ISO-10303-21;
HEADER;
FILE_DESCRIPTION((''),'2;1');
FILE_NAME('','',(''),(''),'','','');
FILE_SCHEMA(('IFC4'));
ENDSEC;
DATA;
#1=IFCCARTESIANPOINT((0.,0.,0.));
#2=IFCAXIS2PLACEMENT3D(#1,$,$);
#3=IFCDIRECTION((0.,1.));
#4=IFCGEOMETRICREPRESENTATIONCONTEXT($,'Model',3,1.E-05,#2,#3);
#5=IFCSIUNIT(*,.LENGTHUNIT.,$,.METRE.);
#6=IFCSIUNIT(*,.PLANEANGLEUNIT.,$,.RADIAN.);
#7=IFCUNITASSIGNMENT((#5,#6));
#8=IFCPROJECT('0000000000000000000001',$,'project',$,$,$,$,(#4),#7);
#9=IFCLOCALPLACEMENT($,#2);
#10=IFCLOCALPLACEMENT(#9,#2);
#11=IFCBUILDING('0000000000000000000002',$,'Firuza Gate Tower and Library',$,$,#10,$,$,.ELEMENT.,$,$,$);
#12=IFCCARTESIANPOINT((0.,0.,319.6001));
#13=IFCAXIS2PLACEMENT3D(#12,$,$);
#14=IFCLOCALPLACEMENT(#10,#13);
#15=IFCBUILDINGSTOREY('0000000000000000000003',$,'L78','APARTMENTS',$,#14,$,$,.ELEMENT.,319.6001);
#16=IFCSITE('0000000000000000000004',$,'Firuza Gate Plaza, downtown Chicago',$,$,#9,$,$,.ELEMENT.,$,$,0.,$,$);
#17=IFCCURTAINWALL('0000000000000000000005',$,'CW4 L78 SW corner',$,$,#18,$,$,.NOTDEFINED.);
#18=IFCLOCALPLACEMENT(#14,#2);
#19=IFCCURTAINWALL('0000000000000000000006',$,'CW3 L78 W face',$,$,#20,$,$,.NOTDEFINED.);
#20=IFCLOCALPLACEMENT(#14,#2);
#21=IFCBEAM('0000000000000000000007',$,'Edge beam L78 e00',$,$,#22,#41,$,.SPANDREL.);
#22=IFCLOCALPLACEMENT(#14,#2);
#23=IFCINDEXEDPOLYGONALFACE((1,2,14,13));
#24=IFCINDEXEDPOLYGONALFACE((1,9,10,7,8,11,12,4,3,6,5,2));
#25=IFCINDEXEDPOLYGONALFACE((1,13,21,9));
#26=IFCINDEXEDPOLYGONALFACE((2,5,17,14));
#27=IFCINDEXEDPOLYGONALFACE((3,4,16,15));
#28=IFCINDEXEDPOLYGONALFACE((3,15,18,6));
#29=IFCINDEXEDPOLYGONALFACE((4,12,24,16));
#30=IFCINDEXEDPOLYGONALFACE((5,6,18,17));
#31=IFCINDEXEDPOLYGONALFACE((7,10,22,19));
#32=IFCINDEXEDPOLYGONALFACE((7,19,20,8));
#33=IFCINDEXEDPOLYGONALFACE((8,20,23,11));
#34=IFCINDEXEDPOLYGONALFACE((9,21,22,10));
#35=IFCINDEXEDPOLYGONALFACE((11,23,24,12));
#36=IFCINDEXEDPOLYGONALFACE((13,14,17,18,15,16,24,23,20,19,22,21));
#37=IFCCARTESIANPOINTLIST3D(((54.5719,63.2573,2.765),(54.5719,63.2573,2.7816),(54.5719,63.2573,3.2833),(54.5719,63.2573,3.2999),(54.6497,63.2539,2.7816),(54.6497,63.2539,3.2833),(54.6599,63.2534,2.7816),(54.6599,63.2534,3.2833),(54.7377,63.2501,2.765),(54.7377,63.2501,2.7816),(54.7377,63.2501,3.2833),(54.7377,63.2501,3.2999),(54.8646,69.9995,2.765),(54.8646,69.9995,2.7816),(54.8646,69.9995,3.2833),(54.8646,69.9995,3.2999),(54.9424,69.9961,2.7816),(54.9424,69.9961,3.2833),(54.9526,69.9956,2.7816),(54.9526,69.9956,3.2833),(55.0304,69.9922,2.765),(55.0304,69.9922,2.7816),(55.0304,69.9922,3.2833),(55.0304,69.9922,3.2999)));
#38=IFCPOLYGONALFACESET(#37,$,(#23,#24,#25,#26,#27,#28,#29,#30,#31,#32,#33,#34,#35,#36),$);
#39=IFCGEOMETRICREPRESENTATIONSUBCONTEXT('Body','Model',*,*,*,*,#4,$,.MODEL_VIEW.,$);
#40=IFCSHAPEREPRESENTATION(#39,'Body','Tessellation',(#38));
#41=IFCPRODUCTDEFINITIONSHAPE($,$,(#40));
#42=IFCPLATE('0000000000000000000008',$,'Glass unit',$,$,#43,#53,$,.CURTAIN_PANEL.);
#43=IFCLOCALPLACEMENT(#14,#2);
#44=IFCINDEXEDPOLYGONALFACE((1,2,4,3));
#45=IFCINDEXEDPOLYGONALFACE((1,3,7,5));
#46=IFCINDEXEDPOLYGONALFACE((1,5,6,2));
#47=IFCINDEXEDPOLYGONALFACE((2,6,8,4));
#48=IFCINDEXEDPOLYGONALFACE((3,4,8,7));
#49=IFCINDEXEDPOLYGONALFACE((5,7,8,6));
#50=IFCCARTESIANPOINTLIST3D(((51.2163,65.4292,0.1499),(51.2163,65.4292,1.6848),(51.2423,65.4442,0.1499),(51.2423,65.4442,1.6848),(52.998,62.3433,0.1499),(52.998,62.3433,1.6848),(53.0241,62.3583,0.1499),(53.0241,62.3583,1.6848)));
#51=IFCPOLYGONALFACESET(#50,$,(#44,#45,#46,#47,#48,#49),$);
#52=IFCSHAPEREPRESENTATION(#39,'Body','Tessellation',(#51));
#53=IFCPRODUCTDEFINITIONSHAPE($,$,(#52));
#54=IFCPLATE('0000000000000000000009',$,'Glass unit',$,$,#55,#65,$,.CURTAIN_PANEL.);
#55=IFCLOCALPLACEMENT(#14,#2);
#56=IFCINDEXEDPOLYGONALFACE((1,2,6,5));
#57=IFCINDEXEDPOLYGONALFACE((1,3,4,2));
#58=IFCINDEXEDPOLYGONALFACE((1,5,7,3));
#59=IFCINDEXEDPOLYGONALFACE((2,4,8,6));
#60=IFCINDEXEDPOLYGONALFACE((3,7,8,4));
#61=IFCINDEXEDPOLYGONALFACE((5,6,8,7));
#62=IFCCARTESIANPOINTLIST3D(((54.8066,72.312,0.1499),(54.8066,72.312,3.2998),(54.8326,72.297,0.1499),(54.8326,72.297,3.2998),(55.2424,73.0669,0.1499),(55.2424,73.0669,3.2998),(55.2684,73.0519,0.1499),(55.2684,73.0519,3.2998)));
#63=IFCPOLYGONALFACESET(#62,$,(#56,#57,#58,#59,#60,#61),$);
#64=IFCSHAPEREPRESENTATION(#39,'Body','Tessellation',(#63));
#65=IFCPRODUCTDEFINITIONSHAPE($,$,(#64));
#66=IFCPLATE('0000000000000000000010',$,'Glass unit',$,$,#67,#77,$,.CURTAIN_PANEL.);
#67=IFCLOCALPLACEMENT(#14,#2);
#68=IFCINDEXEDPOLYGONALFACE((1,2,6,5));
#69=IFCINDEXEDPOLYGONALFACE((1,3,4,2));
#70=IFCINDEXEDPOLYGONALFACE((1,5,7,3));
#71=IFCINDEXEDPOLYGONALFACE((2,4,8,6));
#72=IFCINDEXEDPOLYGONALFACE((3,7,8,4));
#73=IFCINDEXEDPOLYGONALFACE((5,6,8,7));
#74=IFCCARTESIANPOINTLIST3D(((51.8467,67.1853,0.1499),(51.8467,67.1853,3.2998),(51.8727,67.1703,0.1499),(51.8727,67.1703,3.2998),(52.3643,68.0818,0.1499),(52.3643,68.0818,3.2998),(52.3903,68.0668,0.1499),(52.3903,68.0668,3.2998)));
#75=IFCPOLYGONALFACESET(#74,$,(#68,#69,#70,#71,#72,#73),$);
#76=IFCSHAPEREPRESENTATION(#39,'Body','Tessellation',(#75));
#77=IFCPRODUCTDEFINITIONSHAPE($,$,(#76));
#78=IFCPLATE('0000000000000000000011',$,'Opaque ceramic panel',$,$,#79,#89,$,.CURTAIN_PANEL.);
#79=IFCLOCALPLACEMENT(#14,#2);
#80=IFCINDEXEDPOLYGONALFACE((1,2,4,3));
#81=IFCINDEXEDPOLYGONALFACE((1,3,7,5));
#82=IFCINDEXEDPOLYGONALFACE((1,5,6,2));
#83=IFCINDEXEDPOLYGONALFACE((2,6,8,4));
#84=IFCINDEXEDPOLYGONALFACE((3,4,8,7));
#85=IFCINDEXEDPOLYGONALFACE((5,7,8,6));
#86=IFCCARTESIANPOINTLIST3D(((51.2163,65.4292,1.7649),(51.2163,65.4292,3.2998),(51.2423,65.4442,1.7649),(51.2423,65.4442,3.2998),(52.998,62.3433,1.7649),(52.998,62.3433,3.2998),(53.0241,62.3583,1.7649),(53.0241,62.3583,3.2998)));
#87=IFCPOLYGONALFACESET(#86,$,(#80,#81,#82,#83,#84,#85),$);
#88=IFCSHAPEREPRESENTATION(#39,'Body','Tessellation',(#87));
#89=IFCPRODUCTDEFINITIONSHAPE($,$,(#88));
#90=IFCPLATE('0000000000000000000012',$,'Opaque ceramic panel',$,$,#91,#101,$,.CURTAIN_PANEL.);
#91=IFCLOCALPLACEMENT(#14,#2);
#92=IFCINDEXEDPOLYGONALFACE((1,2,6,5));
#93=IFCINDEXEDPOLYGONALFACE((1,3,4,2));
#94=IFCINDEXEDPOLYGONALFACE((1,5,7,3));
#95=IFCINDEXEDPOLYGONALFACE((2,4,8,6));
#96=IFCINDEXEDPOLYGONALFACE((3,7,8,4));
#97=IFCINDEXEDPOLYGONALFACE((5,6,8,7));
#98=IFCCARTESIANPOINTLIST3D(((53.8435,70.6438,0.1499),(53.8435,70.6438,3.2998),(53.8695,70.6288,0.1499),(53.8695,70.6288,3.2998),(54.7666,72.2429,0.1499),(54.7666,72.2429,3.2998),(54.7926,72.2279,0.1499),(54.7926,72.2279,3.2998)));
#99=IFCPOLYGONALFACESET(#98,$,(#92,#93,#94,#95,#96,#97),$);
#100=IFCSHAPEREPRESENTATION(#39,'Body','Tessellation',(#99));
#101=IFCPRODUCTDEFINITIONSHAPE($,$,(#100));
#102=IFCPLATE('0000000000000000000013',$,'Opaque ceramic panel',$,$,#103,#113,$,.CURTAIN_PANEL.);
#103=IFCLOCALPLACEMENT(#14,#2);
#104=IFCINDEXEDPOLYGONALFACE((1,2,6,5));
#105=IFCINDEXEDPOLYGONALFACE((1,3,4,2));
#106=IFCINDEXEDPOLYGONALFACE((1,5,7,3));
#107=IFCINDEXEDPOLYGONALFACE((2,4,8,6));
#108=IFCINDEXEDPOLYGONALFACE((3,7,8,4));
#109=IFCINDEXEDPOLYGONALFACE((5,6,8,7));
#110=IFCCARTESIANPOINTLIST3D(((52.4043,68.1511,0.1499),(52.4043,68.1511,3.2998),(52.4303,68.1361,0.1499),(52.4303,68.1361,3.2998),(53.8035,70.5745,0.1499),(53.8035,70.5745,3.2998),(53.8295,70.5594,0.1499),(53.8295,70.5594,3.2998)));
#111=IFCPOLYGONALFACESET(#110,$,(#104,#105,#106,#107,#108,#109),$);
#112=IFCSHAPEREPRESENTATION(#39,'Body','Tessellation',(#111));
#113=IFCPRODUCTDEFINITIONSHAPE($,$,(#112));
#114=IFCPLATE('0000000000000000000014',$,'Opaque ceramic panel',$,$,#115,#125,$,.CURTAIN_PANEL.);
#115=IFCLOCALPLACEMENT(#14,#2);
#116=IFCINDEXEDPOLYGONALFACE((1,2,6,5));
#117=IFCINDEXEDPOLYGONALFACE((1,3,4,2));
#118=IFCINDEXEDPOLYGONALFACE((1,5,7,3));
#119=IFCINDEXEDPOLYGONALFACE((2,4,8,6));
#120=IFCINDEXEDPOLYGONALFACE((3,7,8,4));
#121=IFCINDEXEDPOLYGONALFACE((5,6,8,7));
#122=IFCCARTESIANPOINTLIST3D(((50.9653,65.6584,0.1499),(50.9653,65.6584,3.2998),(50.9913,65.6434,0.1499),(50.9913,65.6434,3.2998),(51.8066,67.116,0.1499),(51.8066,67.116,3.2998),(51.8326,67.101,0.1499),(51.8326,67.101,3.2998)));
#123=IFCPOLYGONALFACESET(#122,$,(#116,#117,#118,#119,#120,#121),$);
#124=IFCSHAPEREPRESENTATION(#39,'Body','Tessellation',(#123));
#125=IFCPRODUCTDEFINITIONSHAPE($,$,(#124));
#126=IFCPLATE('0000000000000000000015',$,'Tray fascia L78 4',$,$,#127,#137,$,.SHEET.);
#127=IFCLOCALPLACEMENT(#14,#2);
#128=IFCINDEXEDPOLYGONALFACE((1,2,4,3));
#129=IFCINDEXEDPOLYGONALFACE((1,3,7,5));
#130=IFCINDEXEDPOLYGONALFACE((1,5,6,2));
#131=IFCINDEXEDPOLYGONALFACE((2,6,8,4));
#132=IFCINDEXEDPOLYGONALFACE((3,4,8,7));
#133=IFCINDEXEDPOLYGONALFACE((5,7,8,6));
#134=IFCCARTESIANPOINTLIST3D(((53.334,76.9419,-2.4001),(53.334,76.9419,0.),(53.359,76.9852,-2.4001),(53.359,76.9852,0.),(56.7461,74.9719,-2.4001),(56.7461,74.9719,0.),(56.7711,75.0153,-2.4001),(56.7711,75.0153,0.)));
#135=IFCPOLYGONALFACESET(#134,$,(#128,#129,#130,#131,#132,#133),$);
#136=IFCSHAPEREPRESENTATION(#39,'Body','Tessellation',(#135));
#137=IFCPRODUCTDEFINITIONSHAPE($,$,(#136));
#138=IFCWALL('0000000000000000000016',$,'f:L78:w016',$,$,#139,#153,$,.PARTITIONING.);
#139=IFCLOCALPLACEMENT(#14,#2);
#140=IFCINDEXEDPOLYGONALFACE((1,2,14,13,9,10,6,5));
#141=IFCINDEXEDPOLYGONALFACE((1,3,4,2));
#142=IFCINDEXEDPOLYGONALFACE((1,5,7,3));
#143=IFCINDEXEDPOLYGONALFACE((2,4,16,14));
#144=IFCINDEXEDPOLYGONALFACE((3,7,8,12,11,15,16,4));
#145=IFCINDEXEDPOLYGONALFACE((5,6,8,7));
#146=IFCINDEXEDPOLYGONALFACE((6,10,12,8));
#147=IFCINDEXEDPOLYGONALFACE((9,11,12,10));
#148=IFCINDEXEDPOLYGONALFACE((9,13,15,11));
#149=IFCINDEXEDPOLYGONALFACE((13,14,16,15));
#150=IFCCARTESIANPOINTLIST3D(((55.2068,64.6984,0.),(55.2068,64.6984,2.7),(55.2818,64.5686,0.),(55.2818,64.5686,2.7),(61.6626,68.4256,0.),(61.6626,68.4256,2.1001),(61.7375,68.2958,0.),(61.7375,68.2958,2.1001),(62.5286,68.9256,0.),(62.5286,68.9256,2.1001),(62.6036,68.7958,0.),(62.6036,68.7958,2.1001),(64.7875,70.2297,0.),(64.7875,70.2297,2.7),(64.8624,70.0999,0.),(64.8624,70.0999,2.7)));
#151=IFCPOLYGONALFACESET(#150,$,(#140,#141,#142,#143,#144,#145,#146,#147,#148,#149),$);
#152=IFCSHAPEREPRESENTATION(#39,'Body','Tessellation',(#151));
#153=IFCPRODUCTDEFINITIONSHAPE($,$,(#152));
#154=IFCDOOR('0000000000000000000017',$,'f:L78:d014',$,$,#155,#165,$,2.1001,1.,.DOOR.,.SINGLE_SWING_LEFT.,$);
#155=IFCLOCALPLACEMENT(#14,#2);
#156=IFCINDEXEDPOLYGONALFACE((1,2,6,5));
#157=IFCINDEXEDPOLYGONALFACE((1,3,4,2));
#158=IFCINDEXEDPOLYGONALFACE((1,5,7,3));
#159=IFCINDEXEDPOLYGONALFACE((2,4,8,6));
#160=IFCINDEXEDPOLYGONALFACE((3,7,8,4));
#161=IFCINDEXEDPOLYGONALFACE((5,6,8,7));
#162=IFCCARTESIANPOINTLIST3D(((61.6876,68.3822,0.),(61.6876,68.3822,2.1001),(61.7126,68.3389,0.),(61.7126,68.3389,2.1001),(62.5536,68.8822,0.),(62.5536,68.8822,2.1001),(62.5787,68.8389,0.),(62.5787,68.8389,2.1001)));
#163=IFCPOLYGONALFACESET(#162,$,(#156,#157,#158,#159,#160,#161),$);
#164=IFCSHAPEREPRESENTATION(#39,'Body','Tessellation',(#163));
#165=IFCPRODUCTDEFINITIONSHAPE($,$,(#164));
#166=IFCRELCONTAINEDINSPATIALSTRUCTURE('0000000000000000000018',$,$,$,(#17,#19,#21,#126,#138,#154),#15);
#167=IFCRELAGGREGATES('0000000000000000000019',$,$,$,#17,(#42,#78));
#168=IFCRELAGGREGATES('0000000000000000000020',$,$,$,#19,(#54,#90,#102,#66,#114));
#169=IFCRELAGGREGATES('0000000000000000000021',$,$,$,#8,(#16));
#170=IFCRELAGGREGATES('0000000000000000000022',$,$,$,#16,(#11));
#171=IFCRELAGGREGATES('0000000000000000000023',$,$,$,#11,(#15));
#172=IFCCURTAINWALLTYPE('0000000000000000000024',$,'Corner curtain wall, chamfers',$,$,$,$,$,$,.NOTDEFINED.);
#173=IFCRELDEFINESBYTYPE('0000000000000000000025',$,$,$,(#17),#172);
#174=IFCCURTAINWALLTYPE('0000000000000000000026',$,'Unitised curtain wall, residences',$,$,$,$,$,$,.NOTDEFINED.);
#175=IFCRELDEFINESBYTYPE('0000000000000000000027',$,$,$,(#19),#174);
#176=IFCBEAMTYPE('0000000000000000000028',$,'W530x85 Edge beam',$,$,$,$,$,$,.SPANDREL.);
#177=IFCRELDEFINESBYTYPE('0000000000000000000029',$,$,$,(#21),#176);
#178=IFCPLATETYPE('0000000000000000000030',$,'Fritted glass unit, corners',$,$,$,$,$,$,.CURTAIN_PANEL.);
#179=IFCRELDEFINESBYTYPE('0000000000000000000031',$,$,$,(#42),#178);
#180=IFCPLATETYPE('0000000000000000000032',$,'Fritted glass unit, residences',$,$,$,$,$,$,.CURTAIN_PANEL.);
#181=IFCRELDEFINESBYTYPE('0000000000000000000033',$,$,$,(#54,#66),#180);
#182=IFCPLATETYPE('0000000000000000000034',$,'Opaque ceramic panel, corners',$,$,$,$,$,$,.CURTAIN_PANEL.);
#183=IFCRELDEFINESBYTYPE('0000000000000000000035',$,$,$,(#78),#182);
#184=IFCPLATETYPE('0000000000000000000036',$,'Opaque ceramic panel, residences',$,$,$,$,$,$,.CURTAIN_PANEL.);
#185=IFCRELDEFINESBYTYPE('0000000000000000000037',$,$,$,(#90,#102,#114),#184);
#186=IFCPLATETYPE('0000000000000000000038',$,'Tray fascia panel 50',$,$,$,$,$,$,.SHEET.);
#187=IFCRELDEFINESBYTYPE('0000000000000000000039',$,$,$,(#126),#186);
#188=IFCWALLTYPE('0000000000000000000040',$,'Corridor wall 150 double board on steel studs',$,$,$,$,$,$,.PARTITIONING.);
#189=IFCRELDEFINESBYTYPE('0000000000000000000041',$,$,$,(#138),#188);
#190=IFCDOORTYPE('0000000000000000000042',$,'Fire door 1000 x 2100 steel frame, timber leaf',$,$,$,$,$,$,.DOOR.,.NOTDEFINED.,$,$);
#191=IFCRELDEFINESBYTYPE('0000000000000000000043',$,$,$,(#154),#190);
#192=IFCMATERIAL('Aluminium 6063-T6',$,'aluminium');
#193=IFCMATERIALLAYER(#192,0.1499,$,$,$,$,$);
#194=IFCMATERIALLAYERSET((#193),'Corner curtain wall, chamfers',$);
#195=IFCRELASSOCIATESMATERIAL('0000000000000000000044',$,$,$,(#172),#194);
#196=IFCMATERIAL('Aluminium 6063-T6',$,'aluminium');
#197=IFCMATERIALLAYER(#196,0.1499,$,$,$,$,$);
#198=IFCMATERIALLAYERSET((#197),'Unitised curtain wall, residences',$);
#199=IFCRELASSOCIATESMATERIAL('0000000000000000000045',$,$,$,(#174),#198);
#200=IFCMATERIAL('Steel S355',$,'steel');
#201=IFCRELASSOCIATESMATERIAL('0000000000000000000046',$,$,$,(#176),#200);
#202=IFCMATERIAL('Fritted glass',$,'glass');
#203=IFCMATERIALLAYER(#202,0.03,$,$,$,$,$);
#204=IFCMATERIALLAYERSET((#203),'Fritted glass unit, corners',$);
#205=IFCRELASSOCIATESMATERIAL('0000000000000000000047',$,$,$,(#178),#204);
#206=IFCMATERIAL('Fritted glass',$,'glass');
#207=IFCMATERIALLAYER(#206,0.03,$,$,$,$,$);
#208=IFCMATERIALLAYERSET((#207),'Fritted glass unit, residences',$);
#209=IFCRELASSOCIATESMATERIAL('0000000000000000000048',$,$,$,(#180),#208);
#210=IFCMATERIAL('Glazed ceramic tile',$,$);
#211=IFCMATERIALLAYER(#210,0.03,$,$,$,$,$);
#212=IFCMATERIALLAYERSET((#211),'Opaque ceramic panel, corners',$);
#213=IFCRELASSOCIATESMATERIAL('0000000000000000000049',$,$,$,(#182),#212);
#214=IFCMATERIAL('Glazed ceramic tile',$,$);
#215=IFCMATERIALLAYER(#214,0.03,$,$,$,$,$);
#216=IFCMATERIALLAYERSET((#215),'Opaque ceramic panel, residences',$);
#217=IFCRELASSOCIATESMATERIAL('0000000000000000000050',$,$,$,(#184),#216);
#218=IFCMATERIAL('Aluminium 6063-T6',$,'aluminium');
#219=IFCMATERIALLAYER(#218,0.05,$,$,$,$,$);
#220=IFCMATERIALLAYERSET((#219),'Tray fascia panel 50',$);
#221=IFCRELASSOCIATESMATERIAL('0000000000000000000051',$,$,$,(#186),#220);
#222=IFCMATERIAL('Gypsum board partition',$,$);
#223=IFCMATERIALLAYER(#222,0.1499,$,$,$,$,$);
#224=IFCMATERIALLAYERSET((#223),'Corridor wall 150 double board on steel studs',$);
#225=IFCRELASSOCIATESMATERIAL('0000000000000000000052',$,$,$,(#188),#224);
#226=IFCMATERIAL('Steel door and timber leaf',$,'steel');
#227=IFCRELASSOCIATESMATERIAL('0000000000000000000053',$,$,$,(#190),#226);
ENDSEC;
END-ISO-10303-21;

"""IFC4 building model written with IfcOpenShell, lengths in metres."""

from ifc_helpers import new_model, si_unit, direction, frame, frame_2d, origin, origin_2d, place, context, subcontext, project, spatial, polyline, rectangle, i_section, outline, extrude, material, layer, layer_set, material_profile, profile_set, type_object, element, fill, aggregate, save


model = new_model("IFC4")

# Units and contexts
model_context = context("Model", 3, precision=1e-05, world=origin(), true_north=direction((0.0, 1.0)))
body_context = subcontext(model_context, "Body", "Model", "MODEL_VIEW")
ifc_project = project(units=[si_unit("LENGTHUNIT", "METRE"), si_unit("PLANEANGLEUNIT", "RADIAN")], contexts=[model_context])

# Site, building, storey
site_placement = place(None, origin())
site = spatial("IfcSite", under=ifc_project, at=site_placement, Name="Firuza Gate Plaza, downtown Chicago", CompositionType="ELEMENT", RefElevation=0.0)
building_placement = place(site_placement, origin())
building = spatial("IfcBuilding", under=site, at=building_placement, Name="Firuza Gate Tower and Library", CompositionType="ELEMENT")
storey_placement = place(building_placement, frame((0.0, 0.0, 319.6001)))
storey = spatial("IfcBuildingStorey", under=building, at=storey_placement, Name="L78", Description="APARTMENTS", CompositionType="ELEMENT", Elevation=319.6001)

# Curtain wall
ifc_material_1 = material(Name="Aluminium 6063-T6", Category="aluminium")
ifc_layer_1 = layer(ifc_material_1, 0.1499)
ifc_layer_set_1 = layer_set([ifc_layer_1], Name="Corner curtain wall, chamfers")
curtain_wall_type_1 = type_object("IfcCurtainWallType", Name="Corner curtain wall, chamfers", PredefinedType="NOTDEFINED", material=ifc_layer_set_1)
placement = place(storey_placement, origin())
curtain_wall_1 = element("IfcCurtainWall", 1, at=placement, inside=storey, type_object=curtain_wall_type_1, Name="CW4 L78 SW corner", PredefinedType="NOTDEFINED")

# Curtain wall
ifc_material_2 = material(Name="Aluminium 6063-T6", Category="aluminium")
ifc_layer_2 = layer(ifc_material_2, 0.1499)
ifc_layer_set_2 = layer_set([ifc_layer_2], Name="Unitised curtain wall, residences")
curtain_wall_type_2 = type_object("IfcCurtainWallType", Name="Unitised curtain wall, residences", PredefinedType="NOTDEFINED", material=ifc_layer_set_2)
curtain_wall_2 = element("IfcCurtainWall", 2, at=placement, inside=storey, type_object=curtain_wall_type_2, Name="CW3 L78 W face", PredefinedType="NOTDEFINED")

# Beam
ifc_material_3 = material(Name="Steel S355", Category="steel")
ifc_material_profile_1 = material_profile(ifc_material_3, i_section(OverallWidth=0.166, OverallDepth=0.5349, WebThickness=0.0103, FlangeThickness=0.0166, at=origin_2d()))
ifc_profile_set_1 = profile_set([ifc_material_profile_1], Name="Steel S355")
beam_type_1 = type_object("IfcBeamType", Name="W530x85 Edge beam", PredefinedType="SPANDREL", material=ifc_profile_set_1)
beam_1_placement = place(storey_placement, frame((54.9475, 69.9958, 3.0325), z_axis=(-0.043376, -0.999059, 0.0), x_axis=(0.999059, -0.043376, 0.0)))
element("IfcBeam", 3, at=beam_1_placement, inside=storey, type_object=beam_type_1, Name="Edge beam L78 e00", PredefinedType="SPANDREL", context=body_context, shape_type="SweptSolid", body=[
    extrude(i_section(OverallWidth=0.166, OverallDepth=0.5349, WebThickness=0.0103, FlangeThickness=0.0166, at=origin_2d()), origin(), (0.0, 0.0, 1.0), 6.7485),
])

# Plates
ifc_material_4 = material(Name="Fritted glass", Category="glass")
ifc_layer_3 = layer(ifc_material_4, 0.03)
ifc_layer_set_3 = layer_set([ifc_layer_3], Name="Fritted glass unit, corners")
plate_type_1 = type_object("IfcPlateType", Name="Fritted glass unit, corners", PredefinedType="CURTAIN_PANEL", material=ifc_layer_set_3)
plate_1_placement = place(storey_placement, frame((51.2163, 65.4292, 0.1499), z_axis=(-0.866017, -0.500015, 0.0), x_axis=(0.500015, -0.866017, 0.0)))
plate_1 = element("IfcPlate", 4, at=plate_1_placement, type_object=plate_type_1, Name="Glass unit", PredefinedType="CURTAIN_PANEL", context=body_context, shape_type="SweptSolid", body=[
    extrude(outline(polyline([(0.0, 0.0), (3.5634, 0.0), (3.5634, 1.5349), (0.0, 1.5349), (0.0, 0.0)])), origin(), (0.0, 0.0, -1.0), 0.03),
])
ifc_material_5 = material(Name="Fritted glass", Category="glass")
ifc_layer_4 = layer(ifc_material_5, 0.03)
ifc_layer_set_4 = layer_set([ifc_layer_4], Name="Fritted glass unit, residences")
plate_type_2 = type_object("IfcPlateType", Name="Fritted glass unit, residences", PredefinedType="CURTAIN_PANEL", material=ifc_layer_set_4)
plate_2_placement = place(storey_placement, frame((55.2424, 73.0669, 0.1499), z_axis=(-0.866046, 0.499965, 0.0), x_axis=(-0.499965, -0.866046, 0.0)))
plate_2 = element("IfcPlate", 5, at=plate_2_placement, type_object=plate_type_2, Name="Glass unit", PredefinedType="CURTAIN_PANEL", context=body_context, shape_type="SweptSolid", body=[
    extrude(outline(polyline([(0.0, 0.0), (0.8716, 0.0), (0.8716, 3.1499), (0.0, 3.1499), (0.0, 0.0)])), origin(), (0.0, 0.0, -1.0), 0.03),
])
plate_3_placement = place(storey_placement, frame((52.3643, 68.0818, 0.1499), z_axis=(-0.866028, 0.499995, 0.0), x_axis=(-0.499995, -0.866028, 0.0)))
plate_3 = element("IfcPlate", 6, at=plate_3_placement, type_object=plate_type_2, Name="Glass unit", PredefinedType="CURTAIN_PANEL", context=body_context, shape_type="SweptSolid", body=[
    extrude(outline(polyline([(0.0, 0.0), (1.0352, 0.0), (1.0352, 3.1499), (0.0, 3.1499), (0.0, 0.0)])), origin(), (0.0, 0.0, -1.0), 0.03),
])
ifc_material_6 = material(Name="Glazed ceramic tile")
ifc_layer_5 = layer(ifc_material_6, 0.03)
ifc_layer_set_5 = layer_set([ifc_layer_5], Name="Opaque ceramic panel, corners")
plate_type_3 = type_object("IfcPlateType", Name="Opaque ceramic panel, corners", PredefinedType="CURTAIN_PANEL", material=ifc_layer_set_5)
plate_4_placement = place(storey_placement, frame((51.2163, 65.4292, 1.7649), z_axis=(-0.866017, -0.500015, 0.0), x_axis=(0.500015, -0.866017, 0.0)))
plate_4 = element("IfcPlate", 7, at=plate_4_placement, type_object=plate_type_3, Name="Opaque ceramic panel", PredefinedType="CURTAIN_PANEL", context=body_context, shape_type="SweptSolid", body=[
    extrude(outline(polyline([(0.0, 0.0), (3.5634, 0.0), (3.5634, 1.5349), (0.0, 1.5349), (0.0, 0.0)])), origin(), (0.0, 0.0, -1.0), 0.03),
])
aggregate(curtain_wall_1, [plate_1, plate_4])
ifc_material_7 = material(Name="Glazed ceramic tile")
ifc_layer_6 = layer(ifc_material_7, 0.03)
ifc_layer_set_6 = layer_set([ifc_layer_6], Name="Opaque ceramic panel, residences")
plate_type_4 = type_object("IfcPlateType", Name="Opaque ceramic panel, residences", PredefinedType="CURTAIN_PANEL", material=ifc_layer_set_6)
plate_5_placement = place(storey_placement, frame((54.7666, 72.2429, 0.1499), z_axis=(-0.866062, 0.499936, 0.0), x_axis=(-0.499936, -0.866062, 0.0)))
plate_5 = element("IfcPlate", 8, at=plate_5_placement, type_object=plate_type_4, Name="Opaque ceramic panel", PredefinedType="CURTAIN_PANEL", context=body_context, shape_type="SweptSolid", body=[
    extrude(outline(polyline([(0.0, 0.0), (1.8464, 0.0), (1.8464, 3.1499), (0.0, 3.1499), (0.0, 0.0)])), origin(), (0.0, 0.0, -1.0), 0.03),
])
plate_6_placement = place(storey_placement, frame((53.8035, 70.5745, 0.1499), z_axis=(-0.866017, 0.500014, 0.0), x_axis=(-0.500014, -0.866017, 0.0)))
plate_6 = element("IfcPlate", 9, at=plate_6_placement, type_object=plate_type_4, Name="Opaque ceramic panel", PredefinedType="CURTAIN_PANEL", context=body_context, shape_type="SweptSolid", body=[
    extrude(outline(polyline([(0.0, 0.0), (2.7983, 0.0), (2.7983, 3.1499), (0.0, 3.1499), (0.0, 0.0)])), origin(), (0.0, 0.0, -1.0), 0.03),
])
plate_7_placement = place(storey_placement, frame((51.8066, 67.116, 0.1499), z_axis=(-0.866074, 0.499915, 0.0), x_axis=(-0.499915, -0.866074, 0.0)))
plate_7 = element("IfcPlate", 10, at=plate_7_placement, type_object=plate_type_4, Name="Opaque ceramic panel", PredefinedType="CURTAIN_PANEL", context=body_context, shape_type="SweptSolid", body=[
    extrude(outline(polyline([(0.0, 0.0), (1.6829, 0.0), (1.6829, 3.1499), (0.0, 3.1499), (0.0, 0.0)])), origin(), (0.0, 0.0, -1.0), 0.03),
])
aggregate(curtain_wall_2, [plate_2, plate_5, plate_6, plate_3, plate_7])
ifc_material_8 = material(Name="Aluminium 6063-T6", Category="aluminium")
ifc_layer_7 = layer(ifc_material_8, 0.05)
ifc_layer_set_7 = layer_set([ifc_layer_7], Name="Tray fascia panel 50")
plate_type_5 = type_object("IfcPlateType", Name="Tray fascia panel 50", PredefinedType="SHEET", material=ifc_layer_set_7)
plate_8_placement = place(storey_placement, frame((53.334, 76.9419, -2.4001), z_axis=(-0.499998, -0.866027, 0.0), x_axis=(0.866027, -0.499998, 0.0)))
element("IfcPlate", 11, at=plate_8_placement, inside=storey, type_object=plate_type_5, Name="Tray fascia L78 4", PredefinedType="SHEET", context=body_context, shape_type="SweptSolid", body=[
    extrude(outline(polyline([(0.0, 0.0), (3.94, 0.0), (3.94, 2.4001), (0.0, 2.4001), (0.0, 0.0)])), origin(), (0.0, 0.0, -1.0), 0.05),
])

# Wall, opening, door
ifc_material_9 = material(Name="Gypsum board partition")
ifc_layer_8 = layer(ifc_material_9, 0.1499)
ifc_layer_set_8 = layer_set([ifc_layer_8], Name="Corridor wall 150 double board on steel studs")
wall_type_1 = type_object("IfcWallType", Name="Corridor wall 150 double board on steel studs", PredefinedType="PARTITIONING", material=ifc_layer_set_8)
wall_1_placement = place(storey_placement, frame((55.2444, 64.6335, 0.0), z_axis=(0.0, 0.0, 1.0), x_axis=(0.866029, 0.499994, 0.0)))
wall_1 = element("IfcWall", 12, at=wall_1_placement, inside=storey, type_object=wall_type_1, Name="f:L78:w016", PredefinedType="PARTITIONING", context=body_context, shape_type="SweptSolid", body=[
    extrude(rectangle(XDim=11.0627, YDim=0.1499, at=frame_2d((5.5312, 0.0))), origin(), (0.0, 0.0, 1.0), 2.7),
])
opening_placement = place(wall_1_placement, frame((7.4543, 0.0, 0.0)))
opening = element("IfcOpeningElement", 13, at=opening_placement, cuts=wall_1, PredefinedType="OPENING", context=body_context, shape_type="SweptSolid", body=[
    extrude(rectangle(XDim=1.0, YDim=2.1001, at=frame_2d((0.5, 1.05))), frame((0.0, 0.085, 0.0), z_axis=(0.0, -1.0, 0.0), x_axis=(1.0, 0.0, 0.0)), (0.0, 0.0, 1.0), 0.1699),
])
ifc_material_10 = material(Name="Steel door and timber leaf", Category="steel")
door_type = type_object("IfcDoorType", Name="Fire door 1000 x 2100 steel frame, timber leaf", OperationType="NOTDEFINED", PredefinedType="DOOR", material=ifc_material_10)
door_placement = place(opening_placement, origin())
door = element("IfcDoor", 14, at=door_placement, inside=storey, type_object=door_type, Name="f:L78:d014", OperationType="SINGLE_SWING_LEFT", OverallHeight=2.1001, OverallWidth=1.0, PredefinedType="DOOR", context=body_context, shape_type="SweptSolid", body=[
    extrude(rectangle(XDim=1.0, YDim=2.1001, at=frame_2d((0.5, 1.05))), frame((0.0, 0.0249, 0.0), z_axis=(0.0, -1.0, 0.0), x_axis=(1.0, 0.0, 0.0)), (0.0, 0.0, 1.0), 0.05),
])
fill(opening, door)

save(model, "model.ifc")
